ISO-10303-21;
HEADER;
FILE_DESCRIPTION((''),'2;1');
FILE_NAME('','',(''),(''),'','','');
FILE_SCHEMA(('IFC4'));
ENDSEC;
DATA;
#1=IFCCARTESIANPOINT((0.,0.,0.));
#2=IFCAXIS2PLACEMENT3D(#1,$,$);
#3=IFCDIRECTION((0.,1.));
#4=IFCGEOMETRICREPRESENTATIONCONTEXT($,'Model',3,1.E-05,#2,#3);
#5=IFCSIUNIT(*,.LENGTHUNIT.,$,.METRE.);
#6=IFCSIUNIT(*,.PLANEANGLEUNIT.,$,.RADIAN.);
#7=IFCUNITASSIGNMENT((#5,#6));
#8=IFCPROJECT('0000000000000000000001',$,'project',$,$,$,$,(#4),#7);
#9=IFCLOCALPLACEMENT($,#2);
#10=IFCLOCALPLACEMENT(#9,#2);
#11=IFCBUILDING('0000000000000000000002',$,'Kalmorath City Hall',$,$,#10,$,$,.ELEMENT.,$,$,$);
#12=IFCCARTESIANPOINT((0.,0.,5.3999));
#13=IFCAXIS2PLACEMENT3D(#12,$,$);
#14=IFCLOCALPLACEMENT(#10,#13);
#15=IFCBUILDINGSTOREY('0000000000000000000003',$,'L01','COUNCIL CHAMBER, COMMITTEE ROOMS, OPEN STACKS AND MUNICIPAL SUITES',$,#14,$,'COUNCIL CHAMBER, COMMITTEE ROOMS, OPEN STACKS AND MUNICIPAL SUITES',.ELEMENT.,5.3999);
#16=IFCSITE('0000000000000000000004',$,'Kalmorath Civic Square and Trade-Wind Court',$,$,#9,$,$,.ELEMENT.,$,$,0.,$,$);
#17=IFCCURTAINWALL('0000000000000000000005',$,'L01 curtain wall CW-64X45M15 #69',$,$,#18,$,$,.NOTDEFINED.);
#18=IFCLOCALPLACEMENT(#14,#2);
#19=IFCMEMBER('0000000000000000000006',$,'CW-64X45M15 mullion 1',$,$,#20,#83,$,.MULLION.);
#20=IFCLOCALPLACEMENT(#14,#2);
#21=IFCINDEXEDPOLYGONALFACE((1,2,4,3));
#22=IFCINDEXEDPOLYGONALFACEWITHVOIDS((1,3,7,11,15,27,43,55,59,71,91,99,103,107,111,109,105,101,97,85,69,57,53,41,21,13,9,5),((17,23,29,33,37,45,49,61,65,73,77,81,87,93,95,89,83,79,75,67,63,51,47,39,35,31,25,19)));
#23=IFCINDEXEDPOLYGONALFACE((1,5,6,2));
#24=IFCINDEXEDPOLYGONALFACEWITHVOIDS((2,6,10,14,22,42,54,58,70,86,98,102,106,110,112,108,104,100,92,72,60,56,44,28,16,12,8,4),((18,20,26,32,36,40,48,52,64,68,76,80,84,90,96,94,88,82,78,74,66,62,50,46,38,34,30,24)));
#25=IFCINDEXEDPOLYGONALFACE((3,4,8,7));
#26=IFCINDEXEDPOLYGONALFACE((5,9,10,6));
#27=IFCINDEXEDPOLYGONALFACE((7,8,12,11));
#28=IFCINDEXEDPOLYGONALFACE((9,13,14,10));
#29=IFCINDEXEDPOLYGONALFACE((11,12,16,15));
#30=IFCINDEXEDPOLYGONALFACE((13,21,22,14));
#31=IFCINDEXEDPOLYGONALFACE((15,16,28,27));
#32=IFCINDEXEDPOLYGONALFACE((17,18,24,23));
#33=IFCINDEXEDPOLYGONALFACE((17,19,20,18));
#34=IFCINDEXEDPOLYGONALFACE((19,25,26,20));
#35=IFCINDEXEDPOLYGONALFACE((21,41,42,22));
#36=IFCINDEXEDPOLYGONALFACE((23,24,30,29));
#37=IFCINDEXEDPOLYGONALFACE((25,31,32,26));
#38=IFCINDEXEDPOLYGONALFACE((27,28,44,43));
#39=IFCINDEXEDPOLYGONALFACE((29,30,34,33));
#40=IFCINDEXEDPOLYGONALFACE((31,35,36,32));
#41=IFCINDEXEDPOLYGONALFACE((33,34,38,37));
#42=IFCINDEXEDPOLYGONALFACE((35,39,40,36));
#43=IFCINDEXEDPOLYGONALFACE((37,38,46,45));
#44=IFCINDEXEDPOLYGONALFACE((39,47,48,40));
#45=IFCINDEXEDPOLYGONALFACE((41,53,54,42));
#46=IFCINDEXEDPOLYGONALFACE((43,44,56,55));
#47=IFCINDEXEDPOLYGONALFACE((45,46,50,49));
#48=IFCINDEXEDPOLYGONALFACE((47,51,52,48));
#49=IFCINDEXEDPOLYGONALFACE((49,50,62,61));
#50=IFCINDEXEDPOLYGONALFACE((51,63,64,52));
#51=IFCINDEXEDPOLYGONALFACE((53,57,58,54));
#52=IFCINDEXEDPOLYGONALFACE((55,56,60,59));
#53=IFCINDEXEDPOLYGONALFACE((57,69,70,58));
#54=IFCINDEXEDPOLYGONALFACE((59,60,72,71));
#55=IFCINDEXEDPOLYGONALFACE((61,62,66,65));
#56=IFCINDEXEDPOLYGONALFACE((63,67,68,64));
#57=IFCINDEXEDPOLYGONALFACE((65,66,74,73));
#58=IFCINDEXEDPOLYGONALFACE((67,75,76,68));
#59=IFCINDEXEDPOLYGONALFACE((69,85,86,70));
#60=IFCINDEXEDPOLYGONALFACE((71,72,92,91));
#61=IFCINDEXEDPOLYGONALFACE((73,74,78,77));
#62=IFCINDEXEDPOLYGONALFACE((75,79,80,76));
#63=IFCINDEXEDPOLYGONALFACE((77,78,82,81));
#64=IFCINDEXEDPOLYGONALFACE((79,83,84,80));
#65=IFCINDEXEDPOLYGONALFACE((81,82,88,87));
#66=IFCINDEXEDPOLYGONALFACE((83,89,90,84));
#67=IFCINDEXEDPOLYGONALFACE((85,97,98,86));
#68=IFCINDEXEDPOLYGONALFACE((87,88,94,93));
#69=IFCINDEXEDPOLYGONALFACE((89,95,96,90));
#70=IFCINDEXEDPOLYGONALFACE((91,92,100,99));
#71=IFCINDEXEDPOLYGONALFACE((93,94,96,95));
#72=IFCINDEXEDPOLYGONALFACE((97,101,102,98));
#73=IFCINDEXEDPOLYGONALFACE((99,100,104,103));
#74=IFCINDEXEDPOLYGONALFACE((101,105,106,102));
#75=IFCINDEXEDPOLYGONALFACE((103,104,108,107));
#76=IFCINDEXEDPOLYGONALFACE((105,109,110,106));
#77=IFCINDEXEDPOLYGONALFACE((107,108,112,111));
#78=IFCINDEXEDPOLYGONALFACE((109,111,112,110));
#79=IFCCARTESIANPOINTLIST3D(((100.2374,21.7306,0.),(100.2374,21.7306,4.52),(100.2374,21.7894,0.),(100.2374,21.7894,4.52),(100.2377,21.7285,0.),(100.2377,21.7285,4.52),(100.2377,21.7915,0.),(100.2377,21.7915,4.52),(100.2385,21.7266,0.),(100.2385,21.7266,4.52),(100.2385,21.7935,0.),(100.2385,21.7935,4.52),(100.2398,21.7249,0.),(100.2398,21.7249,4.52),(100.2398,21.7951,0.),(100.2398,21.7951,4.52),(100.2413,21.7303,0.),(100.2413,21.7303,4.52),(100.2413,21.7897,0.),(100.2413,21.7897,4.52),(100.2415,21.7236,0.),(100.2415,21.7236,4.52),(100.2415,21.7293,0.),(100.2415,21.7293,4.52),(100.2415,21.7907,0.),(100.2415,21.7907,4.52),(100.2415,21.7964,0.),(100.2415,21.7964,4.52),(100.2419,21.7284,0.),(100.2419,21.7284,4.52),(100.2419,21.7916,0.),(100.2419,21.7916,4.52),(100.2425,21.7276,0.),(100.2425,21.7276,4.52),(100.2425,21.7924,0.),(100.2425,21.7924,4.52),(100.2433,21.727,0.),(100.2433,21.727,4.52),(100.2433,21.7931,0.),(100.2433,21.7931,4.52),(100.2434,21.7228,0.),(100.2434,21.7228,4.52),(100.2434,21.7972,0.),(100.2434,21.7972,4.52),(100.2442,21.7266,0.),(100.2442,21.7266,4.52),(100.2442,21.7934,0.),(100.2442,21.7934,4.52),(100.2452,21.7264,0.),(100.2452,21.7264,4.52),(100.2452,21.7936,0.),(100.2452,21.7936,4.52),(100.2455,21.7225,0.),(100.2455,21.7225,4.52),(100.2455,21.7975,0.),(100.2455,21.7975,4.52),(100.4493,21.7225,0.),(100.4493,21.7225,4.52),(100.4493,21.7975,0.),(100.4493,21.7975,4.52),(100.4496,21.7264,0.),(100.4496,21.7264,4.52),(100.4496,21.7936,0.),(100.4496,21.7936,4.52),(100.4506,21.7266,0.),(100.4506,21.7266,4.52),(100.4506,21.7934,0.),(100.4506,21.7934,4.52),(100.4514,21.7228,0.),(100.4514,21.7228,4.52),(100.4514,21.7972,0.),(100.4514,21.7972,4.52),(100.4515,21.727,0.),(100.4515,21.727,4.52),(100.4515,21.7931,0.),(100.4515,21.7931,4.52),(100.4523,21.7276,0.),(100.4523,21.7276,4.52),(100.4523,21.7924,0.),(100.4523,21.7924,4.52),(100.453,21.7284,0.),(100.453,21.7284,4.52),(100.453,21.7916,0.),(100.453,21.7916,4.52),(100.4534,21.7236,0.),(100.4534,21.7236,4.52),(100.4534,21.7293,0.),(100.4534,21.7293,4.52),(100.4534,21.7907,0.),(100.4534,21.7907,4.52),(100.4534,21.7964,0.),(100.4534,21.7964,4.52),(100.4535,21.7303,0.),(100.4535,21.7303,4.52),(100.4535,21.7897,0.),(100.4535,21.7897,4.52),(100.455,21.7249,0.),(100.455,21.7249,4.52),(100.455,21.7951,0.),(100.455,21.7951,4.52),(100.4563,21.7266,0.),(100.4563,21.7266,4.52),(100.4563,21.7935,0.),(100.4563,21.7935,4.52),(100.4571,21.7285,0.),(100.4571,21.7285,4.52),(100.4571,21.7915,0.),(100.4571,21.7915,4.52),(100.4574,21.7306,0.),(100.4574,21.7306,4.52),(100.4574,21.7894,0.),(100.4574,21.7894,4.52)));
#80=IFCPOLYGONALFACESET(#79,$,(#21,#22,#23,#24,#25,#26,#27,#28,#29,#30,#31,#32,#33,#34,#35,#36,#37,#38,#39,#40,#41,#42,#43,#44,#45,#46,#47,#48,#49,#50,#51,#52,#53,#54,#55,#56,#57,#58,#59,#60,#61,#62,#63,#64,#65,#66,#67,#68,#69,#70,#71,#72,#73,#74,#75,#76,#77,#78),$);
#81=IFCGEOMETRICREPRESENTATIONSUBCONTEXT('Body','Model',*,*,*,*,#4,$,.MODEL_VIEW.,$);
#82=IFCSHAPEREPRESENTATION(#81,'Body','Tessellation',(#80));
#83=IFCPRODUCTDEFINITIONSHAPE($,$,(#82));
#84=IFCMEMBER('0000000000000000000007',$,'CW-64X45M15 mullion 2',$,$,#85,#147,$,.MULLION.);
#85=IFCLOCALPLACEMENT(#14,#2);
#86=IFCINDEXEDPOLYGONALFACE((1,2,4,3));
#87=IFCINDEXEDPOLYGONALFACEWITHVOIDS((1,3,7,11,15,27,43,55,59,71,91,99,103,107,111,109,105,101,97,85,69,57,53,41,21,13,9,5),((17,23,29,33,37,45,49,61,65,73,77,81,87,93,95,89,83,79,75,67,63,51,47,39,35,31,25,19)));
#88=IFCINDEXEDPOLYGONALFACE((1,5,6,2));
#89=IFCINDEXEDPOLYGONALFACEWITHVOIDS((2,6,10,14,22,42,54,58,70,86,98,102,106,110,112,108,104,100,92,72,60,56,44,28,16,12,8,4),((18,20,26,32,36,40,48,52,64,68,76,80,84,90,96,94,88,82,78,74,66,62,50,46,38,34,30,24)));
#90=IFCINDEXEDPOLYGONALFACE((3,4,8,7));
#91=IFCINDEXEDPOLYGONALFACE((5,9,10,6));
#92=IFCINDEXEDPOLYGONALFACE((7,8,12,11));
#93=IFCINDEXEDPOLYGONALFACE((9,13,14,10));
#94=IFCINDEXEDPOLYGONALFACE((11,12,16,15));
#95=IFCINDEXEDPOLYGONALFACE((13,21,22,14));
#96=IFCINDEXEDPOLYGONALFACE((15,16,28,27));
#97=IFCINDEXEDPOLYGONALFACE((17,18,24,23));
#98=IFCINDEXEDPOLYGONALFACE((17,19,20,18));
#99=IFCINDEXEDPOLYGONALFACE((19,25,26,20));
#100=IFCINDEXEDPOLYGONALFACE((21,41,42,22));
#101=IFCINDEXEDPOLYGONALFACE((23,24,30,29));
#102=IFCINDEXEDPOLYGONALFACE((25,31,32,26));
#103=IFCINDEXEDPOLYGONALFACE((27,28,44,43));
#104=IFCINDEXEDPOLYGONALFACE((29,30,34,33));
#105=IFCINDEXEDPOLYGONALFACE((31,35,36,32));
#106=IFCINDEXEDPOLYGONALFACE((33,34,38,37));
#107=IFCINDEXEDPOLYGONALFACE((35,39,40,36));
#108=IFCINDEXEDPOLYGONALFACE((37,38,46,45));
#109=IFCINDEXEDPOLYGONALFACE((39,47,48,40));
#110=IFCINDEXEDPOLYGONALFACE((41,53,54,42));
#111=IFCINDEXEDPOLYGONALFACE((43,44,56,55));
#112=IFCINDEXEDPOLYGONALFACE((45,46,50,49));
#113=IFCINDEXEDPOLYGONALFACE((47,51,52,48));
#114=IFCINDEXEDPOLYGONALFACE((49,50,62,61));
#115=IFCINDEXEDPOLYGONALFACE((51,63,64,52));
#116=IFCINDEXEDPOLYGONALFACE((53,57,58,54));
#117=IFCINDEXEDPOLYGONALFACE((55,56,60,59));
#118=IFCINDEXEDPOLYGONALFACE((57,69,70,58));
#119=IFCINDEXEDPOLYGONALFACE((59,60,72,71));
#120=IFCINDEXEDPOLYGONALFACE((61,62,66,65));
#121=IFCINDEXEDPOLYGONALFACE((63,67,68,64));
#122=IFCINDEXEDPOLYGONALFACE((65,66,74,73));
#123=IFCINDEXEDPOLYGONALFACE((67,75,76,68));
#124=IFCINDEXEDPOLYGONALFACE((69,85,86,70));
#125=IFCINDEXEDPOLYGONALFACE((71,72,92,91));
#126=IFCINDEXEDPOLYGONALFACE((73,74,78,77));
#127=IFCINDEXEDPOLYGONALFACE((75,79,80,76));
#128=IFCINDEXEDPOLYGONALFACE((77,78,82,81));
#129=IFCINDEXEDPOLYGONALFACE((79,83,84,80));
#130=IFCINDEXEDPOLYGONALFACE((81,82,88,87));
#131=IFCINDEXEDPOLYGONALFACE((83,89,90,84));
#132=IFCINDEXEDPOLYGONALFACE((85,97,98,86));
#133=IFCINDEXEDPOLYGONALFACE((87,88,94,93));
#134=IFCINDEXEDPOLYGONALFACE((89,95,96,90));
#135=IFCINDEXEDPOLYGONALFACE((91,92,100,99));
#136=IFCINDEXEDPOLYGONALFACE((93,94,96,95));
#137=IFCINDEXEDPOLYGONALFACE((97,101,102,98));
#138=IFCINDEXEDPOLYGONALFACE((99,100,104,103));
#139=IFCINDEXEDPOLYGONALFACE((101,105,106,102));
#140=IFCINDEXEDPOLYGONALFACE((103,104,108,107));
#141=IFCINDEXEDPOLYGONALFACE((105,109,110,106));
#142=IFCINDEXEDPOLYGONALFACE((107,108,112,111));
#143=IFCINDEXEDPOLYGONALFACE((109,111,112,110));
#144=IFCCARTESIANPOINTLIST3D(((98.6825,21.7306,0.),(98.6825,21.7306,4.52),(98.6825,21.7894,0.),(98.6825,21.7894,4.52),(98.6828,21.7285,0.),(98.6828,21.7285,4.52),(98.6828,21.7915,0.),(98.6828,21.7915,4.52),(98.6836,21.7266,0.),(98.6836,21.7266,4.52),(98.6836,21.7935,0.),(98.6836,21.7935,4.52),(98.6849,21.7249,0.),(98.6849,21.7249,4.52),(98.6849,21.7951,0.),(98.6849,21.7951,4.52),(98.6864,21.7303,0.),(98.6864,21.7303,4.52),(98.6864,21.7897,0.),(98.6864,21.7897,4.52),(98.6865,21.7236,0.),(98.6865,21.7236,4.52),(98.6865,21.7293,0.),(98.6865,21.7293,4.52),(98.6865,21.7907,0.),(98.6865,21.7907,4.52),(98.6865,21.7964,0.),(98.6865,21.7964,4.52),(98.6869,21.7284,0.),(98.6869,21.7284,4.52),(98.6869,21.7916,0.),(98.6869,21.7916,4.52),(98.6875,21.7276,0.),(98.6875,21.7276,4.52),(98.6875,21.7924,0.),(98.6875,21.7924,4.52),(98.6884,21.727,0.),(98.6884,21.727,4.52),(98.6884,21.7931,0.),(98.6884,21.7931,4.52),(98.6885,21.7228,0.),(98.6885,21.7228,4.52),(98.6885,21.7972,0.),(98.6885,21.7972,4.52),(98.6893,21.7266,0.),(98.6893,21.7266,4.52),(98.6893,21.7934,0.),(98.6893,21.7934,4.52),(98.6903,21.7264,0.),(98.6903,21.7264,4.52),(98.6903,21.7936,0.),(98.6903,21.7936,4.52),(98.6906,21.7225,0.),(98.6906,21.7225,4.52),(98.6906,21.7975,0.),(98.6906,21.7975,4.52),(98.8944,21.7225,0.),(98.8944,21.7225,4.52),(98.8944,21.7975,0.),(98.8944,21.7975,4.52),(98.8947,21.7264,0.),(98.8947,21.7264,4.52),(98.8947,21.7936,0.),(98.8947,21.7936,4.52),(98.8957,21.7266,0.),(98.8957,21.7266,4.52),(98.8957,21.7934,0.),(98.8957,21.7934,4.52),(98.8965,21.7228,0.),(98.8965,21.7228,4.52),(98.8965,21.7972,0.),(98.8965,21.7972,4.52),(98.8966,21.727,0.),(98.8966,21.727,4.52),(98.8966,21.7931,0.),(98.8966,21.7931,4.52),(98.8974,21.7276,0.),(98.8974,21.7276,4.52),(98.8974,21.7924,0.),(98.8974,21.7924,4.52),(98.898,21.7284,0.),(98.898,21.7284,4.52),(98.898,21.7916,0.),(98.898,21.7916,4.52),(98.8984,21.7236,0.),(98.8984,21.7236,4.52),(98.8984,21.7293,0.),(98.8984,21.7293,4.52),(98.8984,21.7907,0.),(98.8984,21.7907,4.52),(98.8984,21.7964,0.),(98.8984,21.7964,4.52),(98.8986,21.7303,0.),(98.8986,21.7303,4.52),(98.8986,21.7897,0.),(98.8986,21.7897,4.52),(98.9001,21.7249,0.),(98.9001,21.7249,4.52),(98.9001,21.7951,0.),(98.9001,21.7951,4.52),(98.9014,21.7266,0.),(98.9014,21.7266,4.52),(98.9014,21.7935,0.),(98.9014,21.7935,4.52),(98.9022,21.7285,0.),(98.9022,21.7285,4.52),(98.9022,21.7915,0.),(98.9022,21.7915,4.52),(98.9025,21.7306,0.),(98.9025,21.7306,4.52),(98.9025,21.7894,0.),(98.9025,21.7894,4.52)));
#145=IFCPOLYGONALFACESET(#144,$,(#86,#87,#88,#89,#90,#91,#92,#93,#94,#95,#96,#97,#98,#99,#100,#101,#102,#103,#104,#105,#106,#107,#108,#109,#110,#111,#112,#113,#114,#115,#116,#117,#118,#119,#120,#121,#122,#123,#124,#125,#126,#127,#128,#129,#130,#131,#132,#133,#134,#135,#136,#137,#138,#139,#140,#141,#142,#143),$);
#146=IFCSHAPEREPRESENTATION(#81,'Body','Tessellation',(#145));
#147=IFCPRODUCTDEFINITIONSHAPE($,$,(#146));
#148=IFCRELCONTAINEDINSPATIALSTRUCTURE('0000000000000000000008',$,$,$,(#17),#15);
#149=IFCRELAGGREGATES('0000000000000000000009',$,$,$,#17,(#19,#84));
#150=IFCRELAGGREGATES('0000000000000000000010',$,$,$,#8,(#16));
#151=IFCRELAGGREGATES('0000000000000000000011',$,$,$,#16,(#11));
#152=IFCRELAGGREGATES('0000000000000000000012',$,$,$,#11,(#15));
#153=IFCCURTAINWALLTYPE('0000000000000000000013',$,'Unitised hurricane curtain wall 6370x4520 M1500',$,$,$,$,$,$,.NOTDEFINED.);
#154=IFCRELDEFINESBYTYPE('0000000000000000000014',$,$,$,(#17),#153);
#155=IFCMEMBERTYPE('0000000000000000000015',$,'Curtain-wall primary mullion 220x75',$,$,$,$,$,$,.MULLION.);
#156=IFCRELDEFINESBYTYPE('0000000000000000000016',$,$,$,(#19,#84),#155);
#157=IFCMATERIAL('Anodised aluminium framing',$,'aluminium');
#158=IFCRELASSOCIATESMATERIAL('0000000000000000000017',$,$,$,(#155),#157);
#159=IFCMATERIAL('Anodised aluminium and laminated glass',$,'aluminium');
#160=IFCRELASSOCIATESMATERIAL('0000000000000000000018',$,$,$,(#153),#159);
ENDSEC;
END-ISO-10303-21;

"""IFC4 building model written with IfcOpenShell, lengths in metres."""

from ifc_helpers import new_model, si_unit, direction, frame, origin, origin_2d, place, context, subcontext, project, spatial, hollow_rectangle, extrude, material, material_profile, profile_set, type_object, element, aggregate, save


model = new_model("IFC4")

# Units and contexts
model_context = context("Model", 3, precision=1e-05, world=origin(), true_north=direction((0.0, 1.0)))
body_context = subcontext(model_context, "Body", "Model", "MODEL_VIEW")
ifc_project = project(units=[si_unit("LENGTHUNIT", "METRE"), si_unit("PLANEANGLEUNIT", "RADIAN")], contexts=[model_context])

# Site, building, storey
site_placement = place(None, origin())
site = spatial("IfcSite", under=ifc_project, at=site_placement, Name="Kalmorath Civic Square and Trade-Wind Court", CompositionType="ELEMENT", RefElevation=0.0)
building_placement = place(site_placement, origin())
building = spatial("IfcBuilding", under=site, at=building_placement, Name="Kalmorath City Hall", CompositionType="ELEMENT")
storey_placement = place(building_placement, frame((0.0, 0.0, 5.3999)))
storey = spatial("IfcBuildingStorey", under=building, at=storey_placement, Name="L01", Description="COUNCIL CHAMBER, COMMITTEE ROOMS, OPEN STACKS AND MUNICIPAL SUITES", LongName="COUNCIL CHAMBER, COMMITTEE ROOMS, OPEN STACKS AND MUNICIPAL SUITES", CompositionType="ELEMENT", Elevation=5.3999)

# Curtain wall, members
ifc_material_1 = material(Name="Anodised aluminium framing", Category="aluminium")
ifc_material_profile_1 = material_profile(ifc_material_1, hollow_rectangle(XDim=0.075, YDim=0.22, WallThickness=0.0039, InnerFilletRadius=0.0039, OuterFilletRadius=0.0081, at=origin_2d()), Name="ALU-MUL-220X75X4")
ifc_profile_set_1 = profile_set([ifc_material_profile_1], Name="Anodised aluminium framing")
member_type_1 = type_object("IfcMemberType", Name="Curtain-wall primary mullion 220x75", PredefinedType="MULLION", material=ifc_profile_set_1)
ifc_material_2 = material(Name="Anodised aluminium and laminated glass", Category="aluminium")
curtain_wall_type_1 = type_object("IfcCurtainWallType", Name="Unitised hurricane curtain wall 6370x4520 M1500", PredefinedType="NOTDEFINED", material=ifc_material_2)
curtain_wall_1_placement = place(storey_placement, origin())
curtain_wall_1 = element("IfcCurtainWall", 1, at=curtain_wall_1_placement, inside=storey, type_object=curtain_wall_type_1, Name="L01 curtain wall CW-64X45M15 #69", PredefinedType="NOTDEFINED")
member_1_placement = place(storey_placement, frame((100.3474, 21.76, 0.0), z_axis=(0.0, 0.0, 1.0), x_axis=(0.0, -1.0, 0.0)))
member_1 = element("IfcMember", 2, at=member_1_placement, type_object=member_type_1, Name="CW-64X45M15 mullion 1", PredefinedType="MULLION", context=body_context, shape_type="SweptSolid", body=[
    extrude(hollow_rectangle(XDim=0.075, YDim=0.22, WallThickness=0.0039, InnerFilletRadius=0.0039, OuterFilletRadius=0.0081, at=origin_2d()), origin(), (0.0, 0.0, 1.0), 4.52),
])
member_2_placement = place(storey_placement, frame((98.7925, 21.76, 0.0), z_axis=(0.0, 0.0, 1.0), x_axis=(0.0, -1.0, 0.0)))
member_2 = element("IfcMember", 3, at=member_2_placement, type_object=member_type_1, Name="CW-64X45M15 mullion 2", PredefinedType="MULLION", context=body_context, shape_type="SweptSolid", body=[
    extrude(hollow_rectangle(XDim=0.075, YDim=0.22, WallThickness=0.0039, InnerFilletRadius=0.0039, OuterFilletRadius=0.0081, at=origin_2d()), origin(), (0.0, 0.0, 1.0), 4.52),
])

aggregate(curtain_wall_1, [member_1, member_2])

save(model, "model.ifc")
